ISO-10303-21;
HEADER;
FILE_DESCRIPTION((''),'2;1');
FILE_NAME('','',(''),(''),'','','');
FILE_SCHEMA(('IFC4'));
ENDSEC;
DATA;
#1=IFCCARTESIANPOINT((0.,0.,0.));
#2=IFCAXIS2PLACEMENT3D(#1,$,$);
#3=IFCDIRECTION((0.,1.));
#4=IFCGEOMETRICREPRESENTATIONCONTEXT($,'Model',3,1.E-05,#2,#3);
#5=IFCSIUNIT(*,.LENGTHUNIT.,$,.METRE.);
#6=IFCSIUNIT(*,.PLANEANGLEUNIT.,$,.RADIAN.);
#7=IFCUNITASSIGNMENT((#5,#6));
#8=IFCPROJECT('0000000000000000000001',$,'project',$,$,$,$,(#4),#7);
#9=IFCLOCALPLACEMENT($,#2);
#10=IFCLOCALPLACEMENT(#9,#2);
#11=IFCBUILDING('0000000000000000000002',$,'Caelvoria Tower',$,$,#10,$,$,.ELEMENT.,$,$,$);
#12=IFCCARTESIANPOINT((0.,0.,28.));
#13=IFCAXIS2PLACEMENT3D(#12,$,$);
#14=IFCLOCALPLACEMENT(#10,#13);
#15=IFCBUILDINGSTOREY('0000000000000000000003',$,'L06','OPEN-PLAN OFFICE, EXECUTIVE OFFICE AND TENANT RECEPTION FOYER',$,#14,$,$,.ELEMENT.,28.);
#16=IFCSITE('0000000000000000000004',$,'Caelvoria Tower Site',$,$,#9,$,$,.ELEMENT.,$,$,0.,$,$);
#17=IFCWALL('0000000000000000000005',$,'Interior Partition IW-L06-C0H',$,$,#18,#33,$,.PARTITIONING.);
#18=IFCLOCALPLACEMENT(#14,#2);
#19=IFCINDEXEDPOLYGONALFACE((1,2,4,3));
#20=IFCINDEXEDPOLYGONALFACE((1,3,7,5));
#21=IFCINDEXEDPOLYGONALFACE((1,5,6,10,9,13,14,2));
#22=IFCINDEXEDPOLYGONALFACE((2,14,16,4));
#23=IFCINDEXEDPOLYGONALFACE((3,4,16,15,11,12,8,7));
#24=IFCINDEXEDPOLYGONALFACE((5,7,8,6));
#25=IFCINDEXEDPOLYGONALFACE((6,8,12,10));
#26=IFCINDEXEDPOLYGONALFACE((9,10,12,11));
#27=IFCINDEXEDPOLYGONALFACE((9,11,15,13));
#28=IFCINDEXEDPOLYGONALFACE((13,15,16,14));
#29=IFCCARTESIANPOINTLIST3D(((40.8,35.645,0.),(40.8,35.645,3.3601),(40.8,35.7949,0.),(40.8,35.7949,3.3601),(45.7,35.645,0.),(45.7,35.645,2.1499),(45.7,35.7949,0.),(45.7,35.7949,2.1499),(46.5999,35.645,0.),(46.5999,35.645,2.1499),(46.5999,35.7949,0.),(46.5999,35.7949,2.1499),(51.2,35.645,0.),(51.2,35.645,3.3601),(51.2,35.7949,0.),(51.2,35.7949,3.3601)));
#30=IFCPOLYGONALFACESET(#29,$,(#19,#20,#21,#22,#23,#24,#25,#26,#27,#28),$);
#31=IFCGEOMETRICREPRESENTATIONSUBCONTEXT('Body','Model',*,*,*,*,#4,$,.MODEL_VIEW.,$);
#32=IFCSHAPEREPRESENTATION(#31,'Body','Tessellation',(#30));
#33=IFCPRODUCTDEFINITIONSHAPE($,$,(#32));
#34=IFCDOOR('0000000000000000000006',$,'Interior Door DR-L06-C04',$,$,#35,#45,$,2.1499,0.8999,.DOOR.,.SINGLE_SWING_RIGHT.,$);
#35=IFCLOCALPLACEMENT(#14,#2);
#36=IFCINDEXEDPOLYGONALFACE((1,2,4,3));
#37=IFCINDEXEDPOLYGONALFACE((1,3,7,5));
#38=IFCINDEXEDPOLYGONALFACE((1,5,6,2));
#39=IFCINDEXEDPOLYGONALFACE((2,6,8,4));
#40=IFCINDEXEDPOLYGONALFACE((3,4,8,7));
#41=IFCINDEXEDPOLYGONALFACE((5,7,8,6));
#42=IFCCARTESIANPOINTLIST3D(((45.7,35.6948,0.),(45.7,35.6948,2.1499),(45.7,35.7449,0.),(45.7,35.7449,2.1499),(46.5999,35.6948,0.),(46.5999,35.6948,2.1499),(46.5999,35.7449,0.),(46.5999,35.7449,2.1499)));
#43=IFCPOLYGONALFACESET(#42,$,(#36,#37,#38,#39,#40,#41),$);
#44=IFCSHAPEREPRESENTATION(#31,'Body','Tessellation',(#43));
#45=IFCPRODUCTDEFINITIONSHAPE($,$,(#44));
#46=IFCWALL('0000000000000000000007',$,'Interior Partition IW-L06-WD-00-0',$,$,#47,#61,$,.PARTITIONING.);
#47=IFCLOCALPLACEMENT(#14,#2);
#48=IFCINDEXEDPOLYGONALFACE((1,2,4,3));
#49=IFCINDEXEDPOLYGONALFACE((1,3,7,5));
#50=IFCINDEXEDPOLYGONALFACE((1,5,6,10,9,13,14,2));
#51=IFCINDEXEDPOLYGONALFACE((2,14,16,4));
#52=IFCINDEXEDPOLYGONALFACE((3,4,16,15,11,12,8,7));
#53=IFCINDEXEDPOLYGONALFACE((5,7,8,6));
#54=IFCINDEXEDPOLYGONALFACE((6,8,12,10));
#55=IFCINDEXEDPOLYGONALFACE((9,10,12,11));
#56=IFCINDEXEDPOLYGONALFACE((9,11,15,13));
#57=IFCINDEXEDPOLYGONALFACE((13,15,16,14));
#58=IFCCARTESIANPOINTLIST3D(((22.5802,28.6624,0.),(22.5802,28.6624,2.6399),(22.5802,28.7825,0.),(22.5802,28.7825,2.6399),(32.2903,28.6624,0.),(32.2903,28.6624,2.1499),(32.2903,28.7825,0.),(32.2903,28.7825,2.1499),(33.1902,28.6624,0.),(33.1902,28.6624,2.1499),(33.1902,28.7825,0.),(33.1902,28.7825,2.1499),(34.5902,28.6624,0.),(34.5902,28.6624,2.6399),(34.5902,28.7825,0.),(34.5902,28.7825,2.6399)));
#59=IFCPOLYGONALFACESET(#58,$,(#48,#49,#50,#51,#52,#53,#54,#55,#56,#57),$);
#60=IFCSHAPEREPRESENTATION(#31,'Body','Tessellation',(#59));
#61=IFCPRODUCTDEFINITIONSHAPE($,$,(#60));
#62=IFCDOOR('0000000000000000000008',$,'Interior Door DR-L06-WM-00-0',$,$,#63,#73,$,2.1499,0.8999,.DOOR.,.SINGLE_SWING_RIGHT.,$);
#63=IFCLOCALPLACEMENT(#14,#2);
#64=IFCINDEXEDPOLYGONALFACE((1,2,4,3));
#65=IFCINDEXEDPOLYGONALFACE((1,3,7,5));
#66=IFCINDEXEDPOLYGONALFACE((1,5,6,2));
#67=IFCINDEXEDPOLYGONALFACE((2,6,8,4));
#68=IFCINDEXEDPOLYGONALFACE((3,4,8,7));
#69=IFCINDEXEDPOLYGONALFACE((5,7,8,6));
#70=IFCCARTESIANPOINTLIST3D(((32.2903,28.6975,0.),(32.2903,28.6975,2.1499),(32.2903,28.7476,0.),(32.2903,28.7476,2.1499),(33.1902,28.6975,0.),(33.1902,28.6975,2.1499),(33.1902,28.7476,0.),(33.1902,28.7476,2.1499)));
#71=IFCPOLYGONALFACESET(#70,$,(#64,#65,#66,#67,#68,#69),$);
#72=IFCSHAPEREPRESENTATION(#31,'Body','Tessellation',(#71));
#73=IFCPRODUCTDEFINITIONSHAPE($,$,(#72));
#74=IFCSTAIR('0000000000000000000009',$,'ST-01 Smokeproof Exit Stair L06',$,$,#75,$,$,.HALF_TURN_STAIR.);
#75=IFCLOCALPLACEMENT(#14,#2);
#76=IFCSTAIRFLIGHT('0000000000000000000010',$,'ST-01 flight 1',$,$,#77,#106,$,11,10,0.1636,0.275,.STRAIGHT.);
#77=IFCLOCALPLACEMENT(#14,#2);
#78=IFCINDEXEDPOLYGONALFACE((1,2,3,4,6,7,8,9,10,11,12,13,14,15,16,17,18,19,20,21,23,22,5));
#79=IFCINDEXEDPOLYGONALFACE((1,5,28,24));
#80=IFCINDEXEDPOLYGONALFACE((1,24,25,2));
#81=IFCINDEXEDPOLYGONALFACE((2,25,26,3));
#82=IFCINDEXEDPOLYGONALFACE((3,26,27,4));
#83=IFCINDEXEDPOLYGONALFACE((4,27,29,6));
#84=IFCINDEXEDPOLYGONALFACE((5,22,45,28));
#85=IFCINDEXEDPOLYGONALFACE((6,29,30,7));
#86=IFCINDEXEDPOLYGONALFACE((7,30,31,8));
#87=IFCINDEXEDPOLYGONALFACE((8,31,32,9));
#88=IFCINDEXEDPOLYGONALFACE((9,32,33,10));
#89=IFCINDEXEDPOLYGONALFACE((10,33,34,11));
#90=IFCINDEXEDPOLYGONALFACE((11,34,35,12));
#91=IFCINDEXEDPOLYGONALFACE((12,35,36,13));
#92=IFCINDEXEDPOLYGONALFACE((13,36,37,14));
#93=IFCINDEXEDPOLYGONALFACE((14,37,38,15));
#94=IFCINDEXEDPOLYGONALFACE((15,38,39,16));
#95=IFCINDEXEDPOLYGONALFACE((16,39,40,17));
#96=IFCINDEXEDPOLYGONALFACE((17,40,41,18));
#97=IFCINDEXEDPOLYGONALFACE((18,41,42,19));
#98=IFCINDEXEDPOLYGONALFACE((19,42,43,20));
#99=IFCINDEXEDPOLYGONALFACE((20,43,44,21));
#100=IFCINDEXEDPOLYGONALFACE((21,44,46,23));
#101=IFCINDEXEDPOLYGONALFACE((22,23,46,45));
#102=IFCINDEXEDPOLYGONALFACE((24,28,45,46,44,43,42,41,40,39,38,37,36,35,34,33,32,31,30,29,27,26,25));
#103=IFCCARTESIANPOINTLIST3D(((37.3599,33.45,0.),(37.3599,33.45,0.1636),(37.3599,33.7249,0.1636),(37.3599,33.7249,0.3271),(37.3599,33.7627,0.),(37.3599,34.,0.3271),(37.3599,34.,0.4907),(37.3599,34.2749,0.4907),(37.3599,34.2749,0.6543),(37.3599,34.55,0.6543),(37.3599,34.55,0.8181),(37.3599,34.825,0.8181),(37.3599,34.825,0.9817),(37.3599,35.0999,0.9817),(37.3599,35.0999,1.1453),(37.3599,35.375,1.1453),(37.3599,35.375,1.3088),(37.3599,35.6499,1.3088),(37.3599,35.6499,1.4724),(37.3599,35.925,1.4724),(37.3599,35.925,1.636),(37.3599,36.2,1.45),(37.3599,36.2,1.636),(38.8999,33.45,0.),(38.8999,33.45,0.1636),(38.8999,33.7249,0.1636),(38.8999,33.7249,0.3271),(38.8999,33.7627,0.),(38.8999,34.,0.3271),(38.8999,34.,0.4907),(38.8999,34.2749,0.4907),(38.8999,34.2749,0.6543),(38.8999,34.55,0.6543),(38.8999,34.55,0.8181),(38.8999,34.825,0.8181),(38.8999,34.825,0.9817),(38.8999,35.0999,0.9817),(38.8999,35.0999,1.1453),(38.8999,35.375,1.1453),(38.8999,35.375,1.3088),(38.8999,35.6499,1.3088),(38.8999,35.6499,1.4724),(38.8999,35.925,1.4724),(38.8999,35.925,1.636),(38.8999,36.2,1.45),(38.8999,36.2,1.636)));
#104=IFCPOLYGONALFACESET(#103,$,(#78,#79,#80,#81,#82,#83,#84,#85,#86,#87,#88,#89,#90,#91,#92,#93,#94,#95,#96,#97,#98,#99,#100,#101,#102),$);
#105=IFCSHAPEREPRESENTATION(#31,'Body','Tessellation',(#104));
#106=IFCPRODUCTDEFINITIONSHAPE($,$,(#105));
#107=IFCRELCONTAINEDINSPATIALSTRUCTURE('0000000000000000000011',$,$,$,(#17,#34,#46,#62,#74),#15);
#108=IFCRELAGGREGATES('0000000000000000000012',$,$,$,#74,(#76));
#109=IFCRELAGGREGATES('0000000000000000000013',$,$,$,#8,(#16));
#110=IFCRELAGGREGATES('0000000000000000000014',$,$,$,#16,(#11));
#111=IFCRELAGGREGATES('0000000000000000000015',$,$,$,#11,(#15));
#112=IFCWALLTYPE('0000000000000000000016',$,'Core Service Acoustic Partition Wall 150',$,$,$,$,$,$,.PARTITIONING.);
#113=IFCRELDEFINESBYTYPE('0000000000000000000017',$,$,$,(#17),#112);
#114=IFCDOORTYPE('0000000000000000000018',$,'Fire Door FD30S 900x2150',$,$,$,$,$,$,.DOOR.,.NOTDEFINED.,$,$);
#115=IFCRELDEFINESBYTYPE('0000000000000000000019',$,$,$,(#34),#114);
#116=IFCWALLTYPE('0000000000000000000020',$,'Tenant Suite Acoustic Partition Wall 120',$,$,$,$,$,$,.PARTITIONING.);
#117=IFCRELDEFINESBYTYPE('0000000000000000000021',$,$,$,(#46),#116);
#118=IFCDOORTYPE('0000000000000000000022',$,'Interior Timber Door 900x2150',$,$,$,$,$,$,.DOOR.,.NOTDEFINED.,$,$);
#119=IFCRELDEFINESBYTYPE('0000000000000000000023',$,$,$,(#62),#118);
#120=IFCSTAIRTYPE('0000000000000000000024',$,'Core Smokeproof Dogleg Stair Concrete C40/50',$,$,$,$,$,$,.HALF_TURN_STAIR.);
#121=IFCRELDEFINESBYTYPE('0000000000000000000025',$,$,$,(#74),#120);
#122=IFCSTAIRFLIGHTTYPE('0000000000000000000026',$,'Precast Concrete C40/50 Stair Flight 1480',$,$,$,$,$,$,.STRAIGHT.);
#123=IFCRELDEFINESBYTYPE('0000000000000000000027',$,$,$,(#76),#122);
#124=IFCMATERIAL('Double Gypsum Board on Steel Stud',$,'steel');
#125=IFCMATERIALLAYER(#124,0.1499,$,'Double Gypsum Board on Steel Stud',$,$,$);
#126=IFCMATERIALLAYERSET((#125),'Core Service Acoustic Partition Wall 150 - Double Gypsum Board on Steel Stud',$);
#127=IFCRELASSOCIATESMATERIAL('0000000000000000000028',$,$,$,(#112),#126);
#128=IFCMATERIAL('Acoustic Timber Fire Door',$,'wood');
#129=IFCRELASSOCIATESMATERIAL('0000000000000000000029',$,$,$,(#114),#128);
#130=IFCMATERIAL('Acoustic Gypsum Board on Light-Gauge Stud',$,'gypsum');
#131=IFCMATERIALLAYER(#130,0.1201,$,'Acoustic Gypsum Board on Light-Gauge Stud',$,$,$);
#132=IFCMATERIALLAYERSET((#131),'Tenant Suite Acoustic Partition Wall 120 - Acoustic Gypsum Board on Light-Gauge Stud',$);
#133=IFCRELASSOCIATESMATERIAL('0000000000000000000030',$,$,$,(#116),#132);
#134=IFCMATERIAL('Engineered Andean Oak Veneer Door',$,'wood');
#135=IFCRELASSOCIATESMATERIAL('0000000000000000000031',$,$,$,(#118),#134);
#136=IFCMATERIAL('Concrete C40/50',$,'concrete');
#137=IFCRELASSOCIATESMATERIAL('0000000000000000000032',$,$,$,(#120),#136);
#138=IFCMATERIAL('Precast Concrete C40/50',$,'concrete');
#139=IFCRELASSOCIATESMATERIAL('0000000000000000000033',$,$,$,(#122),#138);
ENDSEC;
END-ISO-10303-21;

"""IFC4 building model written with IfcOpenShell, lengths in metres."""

from ifc_helpers import new_model, si_unit, direction, frame, frame_2d, origin, place, context, subcontext, project, spatial, polyline, rectangle, outline, extrude, material, layer, layer_set, type_object, element, fill, aggregate, save


model = new_model("IFC4")

# Units and contexts
model_context = context("Model", 3, precision=1e-05, world=origin(), true_north=direction((0.0, 1.0)))
body_context = subcontext(model_context, "Body", "Model", "MODEL_VIEW")
ifc_project = project(units=[si_unit("LENGTHUNIT", "METRE"), si_unit("PLANEANGLEUNIT", "RADIAN")], contexts=[model_context])

# Site, building, storey
site_placement = place(None, origin())
site = spatial("IfcSite", under=ifc_project, at=site_placement, Name="Caelvoria Tower Site", CompositionType="ELEMENT", RefElevation=0.0)
building_placement = place(site_placement, origin())
building = spatial("IfcBuilding", under=site, at=building_placement, Name="Caelvoria Tower", CompositionType="ELEMENT")
storey_placement = place(building_placement, frame((0.0, 0.0, 28.0)))
storey = spatial("IfcBuildingStorey", under=building, at=storey_placement, Name="L06", Description="OPEN-PLAN OFFICE, EXECUTIVE OFFICE AND TENANT RECEPTION FOYER", CompositionType="ELEMENT", Elevation=28.0)

# Walls, openings, doors
ifc_material_1 = material(Name="Double Gypsum Board on Steel Stud", Category="steel")
ifc_layer_1 = layer(ifc_material_1, 0.1499, Name="Double Gypsum Board on Steel Stud")
ifc_layer_set_1 = layer_set([ifc_layer_1], Name="Core Service Acoustic Partition Wall 150 - Double Gypsum Board on Steel Stud")
wall_type_1 = type_object("IfcWallType", Name="Core Service Acoustic Partition Wall 150", PredefinedType="PARTITIONING", material=ifc_layer_set_1)
wall_1_placement = place(storey_placement, frame((40.8, 35.72, 0.0), z_axis=(0.0, 0.0, 1.0), x_axis=(1.0, 0.0, 0.0)))
wall_1 = element("IfcWall", 1, at=wall_1_placement, inside=storey, type_object=wall_type_1, Name="Interior Partition IW-L06-C0H", PredefinedType="PARTITIONING", context=body_context, shape_type="SweptSolid", body=[
    extrude(rectangle(XDim=10.3999, YDim=0.1499, at=frame_2d((5.2, 0.0))), origin(), (0.0, 0.0, 1.0), 3.3601),
])
opening_1_placement = place(wall_1_placement, frame((4.8999, 0.0, 0.0)))
opening_1 = element("IfcOpeningElement", 2, at=opening_1_placement, cuts=wall_1, PredefinedType="OPENING", context=body_context, shape_type="SweptSolid", body=[
    extrude(rectangle(XDim=0.8999, YDim=2.1499, at=frame_2d((0.45, 1.075))), frame((0.0, 0.085, 0.0), z_axis=(0.0, -1.0, 0.0), x_axis=(1.0, 0.0, 0.0)), (0.0, 0.0, 1.0), 0.1699),
])
ifc_material_2 = material(Name="Acoustic Timber Fire Door", Category="wood")
door_type_1 = type_object("IfcDoorType", Name="Fire Door FD30S 900x2150", OperationType="NOTDEFINED", PredefinedType="DOOR", material=ifc_material_2)
door_1_placement = place(opening_1_placement, origin())
door_1 = element("IfcDoor", 3, at=door_1_placement, inside=storey, type_object=door_type_1, Name="Interior Door DR-L06-C04", OperationType="SINGLE_SWING_RIGHT", OverallHeight=2.1499, OverallWidth=0.8999, PredefinedType="DOOR", context=body_context, shape_type="SweptSolid", body=[
    extrude(rectangle(XDim=0.8999, YDim=2.1499, at=frame_2d((0.45, 1.075))), frame((0.0, 0.0249, 0.0), z_axis=(0.0, -1.0, 0.0), x_axis=(1.0, 0.0, 0.0)), (0.0, 0.0, 1.0), 0.05),
])
fill(opening_1, door_1)
ifc_material_3 = material(Name="Acoustic Gypsum Board on Light-Gauge Stud", Category="gypsum")
ifc_layer_2 = layer(ifc_material_3, 0.1201, Name="Acoustic Gypsum Board on Light-Gauge Stud")
ifc_layer_set_2 = layer_set([ifc_layer_2], Name="Tenant Suite Acoustic Partition Wall 120 - Acoustic Gypsum Board on Light-Gauge Stud")
wall_type_2 = type_object("IfcWallType", Name="Tenant Suite Acoustic Partition Wall 120", PredefinedType="PARTITIONING", material=ifc_layer_set_2)
wall_2_placement = place(storey_placement, frame((34.5901, 28.7224, 0.0), z_axis=(0.0, 0.0, 1.0), x_axis=(-1.0, 0.0, 0.0)))
wall_2 = element("IfcWall", 4, at=wall_2_placement, inside=storey, type_object=wall_type_2, Name="Interior Partition IW-L06-WD-00-0", PredefinedType="PARTITIONING", context=body_context, shape_type="SweptSolid", body=[
    extrude(rectangle(XDim=12.01, YDim=0.1201, at=frame_2d((6.0049, 0.0))), origin(), (0.0, 0.0, 1.0), 2.6399),
])
opening_2_placement = place(wall_2_placement, frame((1.3999, 0.0, 0.0)))
opening_2 = element("IfcOpeningElement", 5, at=opening_2_placement, cuts=wall_2, PredefinedType="OPENING", context=body_context, shape_type="SweptSolid", body=[
    extrude(rectangle(XDim=0.8999, YDim=2.1499, at=frame_2d((0.45, 1.075))), frame((0.0, 0.0701, 0.0), z_axis=(0.0, -1.0, 0.0), x_axis=(1.0, 0.0, 0.0)), (0.0, 0.0, 1.0), 0.1401),
])
ifc_material_4 = material(Name="Engineered Andean Oak Veneer Door", Category="wood")
door_type_2 = type_object("IfcDoorType", Name="Interior Timber Door 900x2150", OperationType="NOTDEFINED", PredefinedType="DOOR", material=ifc_material_4)
door_2_placement = place(opening_2_placement, origin())
door_2 = element("IfcDoor", 6, at=door_2_placement, inside=storey, type_object=door_type_2, Name="Interior Door DR-L06-WM-00-0", OperationType="SINGLE_SWING_RIGHT", OverallHeight=2.1499, OverallWidth=0.8999, PredefinedType="DOOR", context=body_context, shape_type="SweptSolid", body=[
    extrude(rectangle(XDim=0.8999, YDim=2.1499, at=frame_2d((0.45, 1.075))), frame((0.0, 0.0249, 0.0), z_axis=(0.0, -1.0, 0.0), x_axis=(1.0, 0.0, 0.0)), (0.0, 0.0, 1.0), 0.05),
])
fill(opening_2, door_2)

# Stair, stair flight
ifc_material_5 = material(Name="Concrete C40/50", Category="concrete")
stair_type = type_object("IfcStairType", Name="Core Smokeproof Dogleg Stair Concrete C40/50", PredefinedType="HALF_TURN_STAIR", material=ifc_material_5)
stair_placement = place(storey_placement, origin())
stair = element("IfcStair", 7, at=stair_placement, inside=storey, type_object=stair_type, Name="ST-01 Smokeproof Exit Stair L06", PredefinedType="HALF_TURN_STAIR")
ifc_material_6 = material(Name="Precast Concrete C40/50", Category="concrete")
stair_flight_type = type_object("IfcStairFlightType", Name="Precast Concrete C40/50 Stair Flight 1480", PredefinedType="STRAIGHT", material=ifc_material_6)
stair_flight_placement = place(storey_placement, frame((38.1299, 33.45, 0.0), z_axis=(0.0, 0.0, 1.0), x_axis=(0.0, 1.0, 0.0)))
stair_flight = element("IfcStairFlight", 8, at=stair_flight_placement, type_object=stair_flight_type, Name="ST-01 flight 1", NumberOfRisers=11, NumberOfTreads=10, PredefinedType="STRAIGHT", RiserHeight=0.1636, TreadLength=0.275, context=body_context, shape_type="SweptSolid", body=[
    extrude(outline(polyline([(0.0, 0.0), (0.0, 0.1636), (0.2749, 0.1636), (0.2749, 0.3271), (0.55, 0.3271), (0.55, 0.4907), (0.825, 0.4907), (0.825, 0.6543), (1.1001, 0.6543), (1.1001, 0.8181), (1.375, 0.8181), (1.375, 0.9817), (1.6499, 0.9817), (1.6499, 1.1453), (1.925, 1.1453), (1.925, 1.3088), (2.2, 1.3088), (2.2, 1.4724), (2.4751, 1.4724), (2.4751, 1.636), (2.75, 1.636), (2.75, 1.7996), (2.75, 1.45), (0.3127, 0.0), (0.0, 0.0)])), frame((0.0, 0.77, 0.0), z_axis=(0.0, -1.0, 0.0), x_axis=(1.0, 0.0, 0.0)), (0.0, 0.0, 1.0), 1.54),
])
aggregate(stair, [stair_flight])

save(model, "model.ifc")
